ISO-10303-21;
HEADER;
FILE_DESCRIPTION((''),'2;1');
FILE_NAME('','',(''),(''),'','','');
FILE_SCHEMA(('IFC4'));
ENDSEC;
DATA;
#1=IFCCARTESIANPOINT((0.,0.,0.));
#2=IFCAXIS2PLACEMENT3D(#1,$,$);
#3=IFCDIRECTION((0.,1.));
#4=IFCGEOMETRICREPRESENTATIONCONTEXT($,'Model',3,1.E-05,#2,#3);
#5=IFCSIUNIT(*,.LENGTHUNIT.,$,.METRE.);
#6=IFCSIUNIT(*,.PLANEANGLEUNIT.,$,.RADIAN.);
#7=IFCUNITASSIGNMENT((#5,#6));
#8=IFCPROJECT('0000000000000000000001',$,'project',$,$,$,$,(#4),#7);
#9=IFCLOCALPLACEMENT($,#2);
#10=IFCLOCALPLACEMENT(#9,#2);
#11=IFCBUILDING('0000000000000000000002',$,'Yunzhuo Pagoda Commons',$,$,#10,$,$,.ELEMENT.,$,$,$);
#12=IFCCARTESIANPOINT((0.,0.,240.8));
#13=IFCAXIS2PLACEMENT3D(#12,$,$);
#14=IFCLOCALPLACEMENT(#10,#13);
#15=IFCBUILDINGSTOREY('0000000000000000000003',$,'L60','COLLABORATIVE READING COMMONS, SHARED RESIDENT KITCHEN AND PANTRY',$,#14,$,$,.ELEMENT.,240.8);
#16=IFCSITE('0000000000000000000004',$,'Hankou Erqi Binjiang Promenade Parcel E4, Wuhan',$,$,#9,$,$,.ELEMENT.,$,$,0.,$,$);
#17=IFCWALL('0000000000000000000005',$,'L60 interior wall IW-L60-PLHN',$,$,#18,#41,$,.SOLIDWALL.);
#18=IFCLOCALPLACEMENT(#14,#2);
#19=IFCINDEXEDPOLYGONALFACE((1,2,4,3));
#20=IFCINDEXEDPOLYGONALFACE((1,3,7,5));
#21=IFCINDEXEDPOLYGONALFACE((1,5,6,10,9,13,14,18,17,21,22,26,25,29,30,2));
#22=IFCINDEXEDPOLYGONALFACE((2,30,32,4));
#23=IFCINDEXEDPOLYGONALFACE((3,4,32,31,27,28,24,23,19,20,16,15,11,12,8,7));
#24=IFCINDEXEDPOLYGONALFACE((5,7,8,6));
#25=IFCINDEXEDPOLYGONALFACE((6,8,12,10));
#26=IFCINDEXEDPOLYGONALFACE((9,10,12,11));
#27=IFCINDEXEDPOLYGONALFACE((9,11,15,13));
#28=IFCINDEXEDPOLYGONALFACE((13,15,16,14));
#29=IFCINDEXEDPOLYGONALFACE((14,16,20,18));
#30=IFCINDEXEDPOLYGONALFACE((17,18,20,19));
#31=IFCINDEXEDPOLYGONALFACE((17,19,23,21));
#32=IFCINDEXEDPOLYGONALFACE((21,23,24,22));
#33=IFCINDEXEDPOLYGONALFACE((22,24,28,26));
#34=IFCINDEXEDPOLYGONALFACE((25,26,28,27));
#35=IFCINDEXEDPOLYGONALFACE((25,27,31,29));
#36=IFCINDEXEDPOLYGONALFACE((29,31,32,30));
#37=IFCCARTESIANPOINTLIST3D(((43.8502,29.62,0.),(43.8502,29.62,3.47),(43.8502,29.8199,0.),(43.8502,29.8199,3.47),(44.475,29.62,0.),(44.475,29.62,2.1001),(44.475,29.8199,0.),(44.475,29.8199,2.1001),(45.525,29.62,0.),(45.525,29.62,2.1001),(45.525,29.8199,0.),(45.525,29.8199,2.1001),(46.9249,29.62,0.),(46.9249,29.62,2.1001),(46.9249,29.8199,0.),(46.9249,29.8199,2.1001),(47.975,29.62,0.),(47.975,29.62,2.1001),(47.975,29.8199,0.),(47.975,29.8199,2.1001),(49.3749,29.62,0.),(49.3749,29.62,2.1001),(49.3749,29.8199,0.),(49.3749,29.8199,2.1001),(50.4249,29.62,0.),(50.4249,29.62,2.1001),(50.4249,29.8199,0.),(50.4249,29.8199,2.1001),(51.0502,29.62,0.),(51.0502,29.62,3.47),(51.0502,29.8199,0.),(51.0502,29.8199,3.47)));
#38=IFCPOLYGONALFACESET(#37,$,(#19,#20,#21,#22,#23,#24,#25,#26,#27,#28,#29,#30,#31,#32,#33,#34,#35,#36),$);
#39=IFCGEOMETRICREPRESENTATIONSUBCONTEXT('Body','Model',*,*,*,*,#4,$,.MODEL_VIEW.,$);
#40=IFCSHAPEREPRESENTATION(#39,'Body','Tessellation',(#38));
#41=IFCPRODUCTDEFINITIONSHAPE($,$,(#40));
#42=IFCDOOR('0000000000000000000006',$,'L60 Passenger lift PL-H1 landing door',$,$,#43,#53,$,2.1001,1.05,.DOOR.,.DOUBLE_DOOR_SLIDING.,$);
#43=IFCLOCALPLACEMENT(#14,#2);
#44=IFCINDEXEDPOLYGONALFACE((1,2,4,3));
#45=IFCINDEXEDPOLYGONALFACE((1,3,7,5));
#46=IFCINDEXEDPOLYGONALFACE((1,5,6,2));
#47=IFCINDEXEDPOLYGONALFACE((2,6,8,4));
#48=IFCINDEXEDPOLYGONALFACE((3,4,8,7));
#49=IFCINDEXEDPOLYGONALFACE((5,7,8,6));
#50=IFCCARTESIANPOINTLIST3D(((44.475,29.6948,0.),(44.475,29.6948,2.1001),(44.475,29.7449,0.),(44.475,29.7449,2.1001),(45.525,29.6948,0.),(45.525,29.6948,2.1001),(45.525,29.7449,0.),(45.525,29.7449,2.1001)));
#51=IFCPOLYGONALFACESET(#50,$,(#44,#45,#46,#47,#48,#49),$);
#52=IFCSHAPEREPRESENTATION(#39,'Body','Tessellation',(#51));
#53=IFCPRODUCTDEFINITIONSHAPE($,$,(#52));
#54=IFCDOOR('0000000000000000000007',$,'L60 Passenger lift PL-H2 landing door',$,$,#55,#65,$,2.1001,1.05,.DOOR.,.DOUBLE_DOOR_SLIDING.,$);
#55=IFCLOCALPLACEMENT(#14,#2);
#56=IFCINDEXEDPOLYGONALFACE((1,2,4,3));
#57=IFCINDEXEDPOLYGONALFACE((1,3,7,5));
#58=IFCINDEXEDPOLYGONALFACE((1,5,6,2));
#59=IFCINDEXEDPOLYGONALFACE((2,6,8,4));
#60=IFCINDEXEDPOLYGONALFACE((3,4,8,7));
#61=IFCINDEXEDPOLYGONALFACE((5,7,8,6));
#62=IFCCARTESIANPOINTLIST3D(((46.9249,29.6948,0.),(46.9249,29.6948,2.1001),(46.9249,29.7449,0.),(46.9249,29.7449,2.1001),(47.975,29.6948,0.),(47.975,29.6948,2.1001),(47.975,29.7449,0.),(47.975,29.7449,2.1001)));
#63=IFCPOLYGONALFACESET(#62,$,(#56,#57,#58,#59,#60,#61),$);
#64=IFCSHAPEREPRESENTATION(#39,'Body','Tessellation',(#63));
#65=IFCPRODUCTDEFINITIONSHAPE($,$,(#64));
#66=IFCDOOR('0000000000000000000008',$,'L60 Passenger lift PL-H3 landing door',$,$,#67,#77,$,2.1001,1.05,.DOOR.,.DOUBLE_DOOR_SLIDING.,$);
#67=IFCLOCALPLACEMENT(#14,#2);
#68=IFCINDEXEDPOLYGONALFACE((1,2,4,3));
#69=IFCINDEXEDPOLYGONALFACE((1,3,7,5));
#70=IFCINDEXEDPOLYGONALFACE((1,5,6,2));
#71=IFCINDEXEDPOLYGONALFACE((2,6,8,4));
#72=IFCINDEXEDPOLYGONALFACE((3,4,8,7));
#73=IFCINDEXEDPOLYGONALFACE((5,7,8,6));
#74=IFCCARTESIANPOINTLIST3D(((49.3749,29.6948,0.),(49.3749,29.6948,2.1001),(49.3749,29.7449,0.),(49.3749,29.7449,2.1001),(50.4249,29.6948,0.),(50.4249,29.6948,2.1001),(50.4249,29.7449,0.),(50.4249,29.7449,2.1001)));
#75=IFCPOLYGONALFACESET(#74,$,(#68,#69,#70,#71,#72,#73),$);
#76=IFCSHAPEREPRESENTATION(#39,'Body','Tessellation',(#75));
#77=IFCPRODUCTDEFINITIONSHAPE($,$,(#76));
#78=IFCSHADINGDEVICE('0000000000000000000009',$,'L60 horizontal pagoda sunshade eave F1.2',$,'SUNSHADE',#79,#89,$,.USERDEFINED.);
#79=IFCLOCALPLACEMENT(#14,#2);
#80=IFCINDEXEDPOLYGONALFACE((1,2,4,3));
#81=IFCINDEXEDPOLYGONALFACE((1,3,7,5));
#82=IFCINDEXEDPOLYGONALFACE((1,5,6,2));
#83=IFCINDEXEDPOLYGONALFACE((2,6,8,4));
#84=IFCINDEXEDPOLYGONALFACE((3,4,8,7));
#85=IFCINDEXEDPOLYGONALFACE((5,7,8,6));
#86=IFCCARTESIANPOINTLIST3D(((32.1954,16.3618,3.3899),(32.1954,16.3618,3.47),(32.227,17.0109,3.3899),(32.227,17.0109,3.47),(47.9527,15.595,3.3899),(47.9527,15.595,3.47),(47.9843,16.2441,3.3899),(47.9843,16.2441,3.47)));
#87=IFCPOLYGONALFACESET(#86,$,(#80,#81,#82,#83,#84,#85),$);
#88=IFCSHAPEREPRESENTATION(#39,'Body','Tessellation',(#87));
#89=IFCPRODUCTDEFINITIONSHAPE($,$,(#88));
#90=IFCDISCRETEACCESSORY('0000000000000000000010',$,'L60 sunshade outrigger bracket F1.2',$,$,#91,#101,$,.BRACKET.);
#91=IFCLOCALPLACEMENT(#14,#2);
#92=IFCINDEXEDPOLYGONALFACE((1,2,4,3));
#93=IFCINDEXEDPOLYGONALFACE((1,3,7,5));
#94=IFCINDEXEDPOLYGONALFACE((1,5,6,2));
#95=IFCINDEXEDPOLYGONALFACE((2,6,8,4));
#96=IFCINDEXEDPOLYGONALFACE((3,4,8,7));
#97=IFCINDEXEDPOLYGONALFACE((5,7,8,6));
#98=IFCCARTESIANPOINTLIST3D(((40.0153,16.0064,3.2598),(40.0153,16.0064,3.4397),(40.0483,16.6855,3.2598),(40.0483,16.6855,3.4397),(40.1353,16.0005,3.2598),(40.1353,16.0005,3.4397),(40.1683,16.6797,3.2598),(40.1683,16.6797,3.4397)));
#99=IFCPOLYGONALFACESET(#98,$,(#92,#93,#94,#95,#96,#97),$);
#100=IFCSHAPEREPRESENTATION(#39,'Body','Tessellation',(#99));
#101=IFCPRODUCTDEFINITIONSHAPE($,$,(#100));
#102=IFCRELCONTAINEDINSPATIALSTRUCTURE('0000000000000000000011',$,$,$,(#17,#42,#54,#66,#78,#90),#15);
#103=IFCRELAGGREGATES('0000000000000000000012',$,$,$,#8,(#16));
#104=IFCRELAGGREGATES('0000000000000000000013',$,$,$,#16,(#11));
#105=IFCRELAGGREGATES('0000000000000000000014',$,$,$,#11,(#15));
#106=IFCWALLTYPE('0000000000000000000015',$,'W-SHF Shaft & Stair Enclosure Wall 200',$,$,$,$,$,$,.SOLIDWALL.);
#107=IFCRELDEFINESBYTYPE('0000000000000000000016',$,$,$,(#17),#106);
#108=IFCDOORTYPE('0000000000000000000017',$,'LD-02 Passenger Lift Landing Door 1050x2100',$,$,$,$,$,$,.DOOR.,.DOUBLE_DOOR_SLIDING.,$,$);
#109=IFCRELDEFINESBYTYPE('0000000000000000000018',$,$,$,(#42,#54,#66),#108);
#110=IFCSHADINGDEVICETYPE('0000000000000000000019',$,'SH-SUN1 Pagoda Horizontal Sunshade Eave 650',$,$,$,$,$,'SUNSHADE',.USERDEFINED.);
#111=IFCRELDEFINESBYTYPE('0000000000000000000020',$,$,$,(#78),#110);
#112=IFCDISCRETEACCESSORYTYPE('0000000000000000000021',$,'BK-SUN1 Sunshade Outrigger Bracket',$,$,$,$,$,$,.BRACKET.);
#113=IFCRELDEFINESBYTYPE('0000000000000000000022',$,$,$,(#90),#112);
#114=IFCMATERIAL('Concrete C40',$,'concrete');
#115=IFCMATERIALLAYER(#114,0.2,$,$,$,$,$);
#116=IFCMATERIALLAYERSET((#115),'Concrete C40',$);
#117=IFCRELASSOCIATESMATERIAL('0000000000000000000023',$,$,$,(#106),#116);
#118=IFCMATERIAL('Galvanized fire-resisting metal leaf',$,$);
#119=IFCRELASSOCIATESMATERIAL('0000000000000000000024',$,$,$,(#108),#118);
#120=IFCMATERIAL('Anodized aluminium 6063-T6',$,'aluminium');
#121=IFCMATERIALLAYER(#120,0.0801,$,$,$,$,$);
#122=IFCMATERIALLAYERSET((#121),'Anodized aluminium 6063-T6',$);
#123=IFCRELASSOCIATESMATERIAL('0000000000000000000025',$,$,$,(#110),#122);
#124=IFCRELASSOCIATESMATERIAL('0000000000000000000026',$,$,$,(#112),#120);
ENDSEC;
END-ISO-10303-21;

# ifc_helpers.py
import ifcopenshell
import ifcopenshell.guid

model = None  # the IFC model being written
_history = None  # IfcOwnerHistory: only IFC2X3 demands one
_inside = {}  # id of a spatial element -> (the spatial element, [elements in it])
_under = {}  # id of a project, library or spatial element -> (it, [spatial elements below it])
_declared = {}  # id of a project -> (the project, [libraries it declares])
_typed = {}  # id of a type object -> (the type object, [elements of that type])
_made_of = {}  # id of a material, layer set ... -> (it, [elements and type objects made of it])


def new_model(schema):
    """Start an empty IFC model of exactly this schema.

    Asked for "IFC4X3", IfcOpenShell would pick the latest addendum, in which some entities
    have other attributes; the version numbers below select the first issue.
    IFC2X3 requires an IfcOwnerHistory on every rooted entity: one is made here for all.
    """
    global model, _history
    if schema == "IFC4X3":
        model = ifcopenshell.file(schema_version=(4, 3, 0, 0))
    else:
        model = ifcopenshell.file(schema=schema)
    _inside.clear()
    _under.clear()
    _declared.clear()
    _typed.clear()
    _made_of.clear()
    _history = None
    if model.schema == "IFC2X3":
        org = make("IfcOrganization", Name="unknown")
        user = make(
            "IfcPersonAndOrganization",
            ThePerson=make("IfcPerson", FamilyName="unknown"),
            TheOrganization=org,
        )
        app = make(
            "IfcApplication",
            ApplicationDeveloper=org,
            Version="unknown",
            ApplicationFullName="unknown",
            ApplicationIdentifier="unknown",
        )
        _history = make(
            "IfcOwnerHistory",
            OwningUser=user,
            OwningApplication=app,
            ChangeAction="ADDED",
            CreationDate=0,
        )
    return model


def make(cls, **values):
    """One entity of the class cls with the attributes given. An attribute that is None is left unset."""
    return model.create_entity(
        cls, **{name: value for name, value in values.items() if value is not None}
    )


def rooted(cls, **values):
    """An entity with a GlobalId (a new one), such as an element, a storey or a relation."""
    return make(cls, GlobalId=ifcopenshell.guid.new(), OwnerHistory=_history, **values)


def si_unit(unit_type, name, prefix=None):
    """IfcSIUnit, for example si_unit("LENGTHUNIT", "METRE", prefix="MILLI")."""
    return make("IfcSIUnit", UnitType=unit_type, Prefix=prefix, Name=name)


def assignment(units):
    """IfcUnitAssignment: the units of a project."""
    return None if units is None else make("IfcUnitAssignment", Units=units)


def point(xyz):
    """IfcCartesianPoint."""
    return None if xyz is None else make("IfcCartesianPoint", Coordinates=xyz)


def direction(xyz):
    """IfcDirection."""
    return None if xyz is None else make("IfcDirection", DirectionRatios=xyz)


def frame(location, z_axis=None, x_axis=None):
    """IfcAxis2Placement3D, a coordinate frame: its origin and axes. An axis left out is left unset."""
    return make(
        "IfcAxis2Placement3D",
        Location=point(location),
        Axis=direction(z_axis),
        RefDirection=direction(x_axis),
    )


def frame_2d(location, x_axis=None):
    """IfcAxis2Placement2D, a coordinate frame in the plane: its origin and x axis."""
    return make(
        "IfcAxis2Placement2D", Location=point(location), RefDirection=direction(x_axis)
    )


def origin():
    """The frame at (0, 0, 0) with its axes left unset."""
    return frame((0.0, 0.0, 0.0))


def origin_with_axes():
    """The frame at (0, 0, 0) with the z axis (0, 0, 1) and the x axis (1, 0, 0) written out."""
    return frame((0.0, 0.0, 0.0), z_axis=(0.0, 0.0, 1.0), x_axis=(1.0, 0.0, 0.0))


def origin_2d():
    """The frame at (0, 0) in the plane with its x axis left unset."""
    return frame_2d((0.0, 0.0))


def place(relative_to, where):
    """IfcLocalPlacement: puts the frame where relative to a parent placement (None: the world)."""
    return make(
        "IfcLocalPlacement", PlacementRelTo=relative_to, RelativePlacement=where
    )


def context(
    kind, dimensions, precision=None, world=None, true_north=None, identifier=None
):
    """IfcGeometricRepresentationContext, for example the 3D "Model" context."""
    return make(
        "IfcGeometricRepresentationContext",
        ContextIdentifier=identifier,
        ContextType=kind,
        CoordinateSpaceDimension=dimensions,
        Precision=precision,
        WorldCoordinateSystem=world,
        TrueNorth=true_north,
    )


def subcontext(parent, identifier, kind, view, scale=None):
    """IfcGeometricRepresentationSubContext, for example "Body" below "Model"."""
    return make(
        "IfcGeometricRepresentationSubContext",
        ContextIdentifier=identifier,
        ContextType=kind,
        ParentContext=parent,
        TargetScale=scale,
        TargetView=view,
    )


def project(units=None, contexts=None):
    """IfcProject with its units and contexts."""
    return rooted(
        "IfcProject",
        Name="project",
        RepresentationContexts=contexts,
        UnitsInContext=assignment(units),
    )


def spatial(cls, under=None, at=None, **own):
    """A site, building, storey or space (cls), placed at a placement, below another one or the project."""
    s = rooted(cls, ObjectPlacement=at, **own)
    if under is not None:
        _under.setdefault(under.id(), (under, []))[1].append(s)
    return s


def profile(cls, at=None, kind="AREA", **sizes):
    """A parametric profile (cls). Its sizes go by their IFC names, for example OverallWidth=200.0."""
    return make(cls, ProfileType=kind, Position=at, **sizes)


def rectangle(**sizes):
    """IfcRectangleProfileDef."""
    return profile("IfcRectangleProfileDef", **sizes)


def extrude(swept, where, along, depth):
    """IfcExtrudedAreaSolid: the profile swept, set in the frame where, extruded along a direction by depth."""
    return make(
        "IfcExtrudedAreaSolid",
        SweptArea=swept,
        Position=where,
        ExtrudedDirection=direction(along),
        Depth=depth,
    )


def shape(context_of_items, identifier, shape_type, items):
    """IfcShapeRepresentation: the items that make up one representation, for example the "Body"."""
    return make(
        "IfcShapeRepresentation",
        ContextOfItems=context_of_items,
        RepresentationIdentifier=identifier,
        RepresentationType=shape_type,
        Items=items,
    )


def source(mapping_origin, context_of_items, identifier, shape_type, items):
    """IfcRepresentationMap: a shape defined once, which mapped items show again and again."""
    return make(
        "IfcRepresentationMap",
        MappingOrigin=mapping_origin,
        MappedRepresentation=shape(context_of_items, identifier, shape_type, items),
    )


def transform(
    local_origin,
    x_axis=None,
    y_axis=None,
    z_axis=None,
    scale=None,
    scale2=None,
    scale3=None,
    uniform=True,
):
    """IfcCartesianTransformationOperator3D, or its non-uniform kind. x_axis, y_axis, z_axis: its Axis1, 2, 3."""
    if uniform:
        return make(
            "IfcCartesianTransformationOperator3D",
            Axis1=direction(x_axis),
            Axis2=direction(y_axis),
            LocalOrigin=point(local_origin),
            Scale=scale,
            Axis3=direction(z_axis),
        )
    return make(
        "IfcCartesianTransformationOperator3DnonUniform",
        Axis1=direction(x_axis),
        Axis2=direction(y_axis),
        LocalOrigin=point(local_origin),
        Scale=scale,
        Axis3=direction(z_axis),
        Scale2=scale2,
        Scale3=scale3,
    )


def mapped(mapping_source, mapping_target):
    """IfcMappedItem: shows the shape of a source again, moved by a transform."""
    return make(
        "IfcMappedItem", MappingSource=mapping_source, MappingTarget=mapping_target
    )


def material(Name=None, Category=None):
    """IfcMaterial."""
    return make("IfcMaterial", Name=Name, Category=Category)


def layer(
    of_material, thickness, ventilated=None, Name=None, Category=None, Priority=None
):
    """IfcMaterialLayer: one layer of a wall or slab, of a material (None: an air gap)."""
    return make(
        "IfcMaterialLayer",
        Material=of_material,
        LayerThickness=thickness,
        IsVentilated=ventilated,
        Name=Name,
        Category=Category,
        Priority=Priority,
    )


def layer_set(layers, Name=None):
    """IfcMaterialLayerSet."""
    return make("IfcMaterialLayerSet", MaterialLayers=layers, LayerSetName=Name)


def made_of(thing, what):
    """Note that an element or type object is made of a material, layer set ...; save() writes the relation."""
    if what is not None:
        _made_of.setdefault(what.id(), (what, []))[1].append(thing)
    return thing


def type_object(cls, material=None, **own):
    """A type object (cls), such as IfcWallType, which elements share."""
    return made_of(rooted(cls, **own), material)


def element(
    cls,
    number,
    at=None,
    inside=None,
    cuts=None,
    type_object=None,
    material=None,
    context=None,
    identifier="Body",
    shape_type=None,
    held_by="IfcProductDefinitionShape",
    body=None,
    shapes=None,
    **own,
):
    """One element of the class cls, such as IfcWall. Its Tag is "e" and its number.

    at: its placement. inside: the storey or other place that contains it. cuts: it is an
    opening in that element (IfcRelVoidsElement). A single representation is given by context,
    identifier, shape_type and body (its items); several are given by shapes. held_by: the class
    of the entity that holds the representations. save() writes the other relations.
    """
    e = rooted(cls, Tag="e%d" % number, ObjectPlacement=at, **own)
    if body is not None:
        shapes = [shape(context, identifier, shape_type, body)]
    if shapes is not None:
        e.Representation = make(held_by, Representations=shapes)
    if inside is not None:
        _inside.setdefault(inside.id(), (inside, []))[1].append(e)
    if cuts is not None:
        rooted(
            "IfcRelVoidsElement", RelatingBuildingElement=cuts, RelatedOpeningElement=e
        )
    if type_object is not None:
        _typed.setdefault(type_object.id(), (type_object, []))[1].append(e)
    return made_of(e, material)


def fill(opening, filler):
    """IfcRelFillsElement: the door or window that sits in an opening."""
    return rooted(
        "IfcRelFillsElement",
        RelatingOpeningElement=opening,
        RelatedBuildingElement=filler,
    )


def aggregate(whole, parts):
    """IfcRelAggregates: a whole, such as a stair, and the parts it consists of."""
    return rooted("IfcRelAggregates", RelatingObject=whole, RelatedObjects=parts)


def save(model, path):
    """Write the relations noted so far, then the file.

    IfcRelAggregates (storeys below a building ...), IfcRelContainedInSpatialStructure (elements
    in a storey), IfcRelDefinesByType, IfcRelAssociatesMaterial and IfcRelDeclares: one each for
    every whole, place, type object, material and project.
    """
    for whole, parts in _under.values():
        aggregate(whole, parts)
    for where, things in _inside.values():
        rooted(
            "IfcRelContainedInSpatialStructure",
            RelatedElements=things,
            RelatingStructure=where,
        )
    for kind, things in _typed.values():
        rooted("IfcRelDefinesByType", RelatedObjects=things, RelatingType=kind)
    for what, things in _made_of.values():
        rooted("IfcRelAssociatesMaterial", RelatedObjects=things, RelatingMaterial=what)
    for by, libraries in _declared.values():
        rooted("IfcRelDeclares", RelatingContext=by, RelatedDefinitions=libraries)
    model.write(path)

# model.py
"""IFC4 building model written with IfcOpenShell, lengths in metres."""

from ifc_helpers import new_model, si_unit, direction, frame, frame_2d, origin, origin_with_axes, origin_2d, place, context, subcontext, project, spatial, rectangle, extrude, source, transform, mapped, material, layer, layer_set, type_object, element, fill, save


model = new_model("IFC4")

# Units and contexts
model_context = context("Model", 3, precision=1e-05, world=origin(), true_north=direction((0.0, 1.0)))
body_context = subcontext(model_context, "Body", "Model", "MODEL_VIEW")
ifc_project = project(units=[si_unit("LENGTHUNIT", "METRE"), si_unit("PLANEANGLEUNIT", "RADIAN")], contexts=[model_context])

# Site, building, storey
site_placement = place(None, origin())
site = spatial("IfcSite", under=ifc_project, at=site_placement, Name="Hankou Erqi Binjiang Promenade Parcel E4, Wuhan", CompositionType="ELEMENT", RefElevation=0.0)
building_placement = place(site_placement, origin())
building = spatial("IfcBuilding", under=site, at=building_placement, Name="Yunzhuo Pagoda Commons", CompositionType="ELEMENT")
storey_placement = place(building_placement, frame((0.0, 0.0, 240.8)))
storey = spatial("IfcBuildingStorey", under=building, at=storey_placement, Name="L60", Description="COLLABORATIVE READING COMMONS, SHARED RESIDENT KITCHEN AND PANTRY", CompositionType="ELEMENT", Elevation=240.8)

# Shared definitions
ifc_material_1 = material(Name="Anodized aluminium 6063-T6", Category="aluminium")

# Shared definitions
ifc_material_2 = material(Name="Galvanized fire-resisting metal leaf")

# Shared definitions
ifc_material_3 = material(Name="Concrete C40", Category="concrete")
ifc_layer_1 = layer(ifc_material_3, 0.2)
ifc_layer_set_1 = layer_set([ifc_layer_1], Name="Concrete C40")
wall_type_1 = type_object("IfcWallType", Name="W-SHF Shaft & Stair Enclosure Wall 200", PredefinedType="SOLIDWALL", material=ifc_layer_set_1)
shared_shape_1 = source(origin(), body_context, "Body", "SweptSolid", [
    extrude(rectangle(XDim=1.05, YDim=2.1001, at=frame_2d((0.5249, 1.05))), frame((0.0, 0.0249, 0.0), z_axis=(0.0, -1.0, 0.0), x_axis=(1.0, 0.0, 0.0)), (0.0, 0.0, 1.0), 0.05),
])

# Wall, openings, doors
wall_1_placement = place(storey_placement, frame((43.8501, 29.72, 0.0), z_axis=(0.0, 0.0, 1.0), x_axis=(1.0, 0.0, 0.0)))
wall_1 = element("IfcWall", 1, at=wall_1_placement, inside=storey, type_object=wall_type_1, Name="L60 interior wall IW-L60-PLHN", PredefinedType="SOLIDWALL", context=body_context, shape_type="SweptSolid", body=[
    extrude(rectangle(XDim=7.2, YDim=0.2, at=frame_2d((3.6001, 0.0))), origin(), (0.0, 0.0, 1.0), 3.47),
])
opening_1_placement = place(wall_1_placement, frame((0.625, 0.0, 0.0)))
opening_1 = element("IfcOpeningElement", 2, at=opening_1_placement, cuts=wall_1, PredefinedType="OPENING", context=body_context, shape_type="SweptSolid", body=[
    extrude(rectangle(XDim=1.05, YDim=2.1001, at=frame_2d((0.5249, 1.05))), frame((0.0, 0.1099, 0.0), z_axis=(0.0, -1.0, 0.0), x_axis=(1.0, 0.0, 0.0)), (0.0, 0.0, 1.0), 0.22),
])
opening_2_placement = place(wall_1_placement, frame((3.075, 0.0, 0.0)))
opening_2 = element("IfcOpeningElement", 3, at=opening_2_placement, cuts=wall_1, PredefinedType="OPENING", context=body_context, shape_type="SweptSolid", body=[
    extrude(rectangle(XDim=1.05, YDim=2.1001, at=frame_2d((0.5249, 1.05))), frame((0.0, 0.1099, 0.0), z_axis=(0.0, -1.0, 0.0), x_axis=(1.0, 0.0, 0.0)), (0.0, 0.0, 1.0), 0.22),
])
opening_3_placement = place(wall_1_placement, frame((5.5249, 0.0, 0.0)))
opening_3 = element("IfcOpeningElement", 4, at=opening_3_placement, cuts=wall_1, PredefinedType="OPENING", context=body_context, shape_type="SweptSolid", body=[
    extrude(rectangle(XDim=1.05, YDim=2.1001, at=frame_2d((0.5249, 1.05))), frame((0.0, 0.1099, 0.0), z_axis=(0.0, -1.0, 0.0), x_axis=(1.0, 0.0, 0.0)), (0.0, 0.0, 1.0), 0.22),
])
door_type_1 = type_object("IfcDoorType", Name="LD-02 Passenger Lift Landing Door 1050x2100", OperationType="DOUBLE_DOOR_SLIDING", PredefinedType="DOOR", material=ifc_material_2)
door_1_placement = place(opening_1_placement, origin_with_axes())
door_1 = element("IfcDoor", 5, at=door_1_placement, inside=storey, type_object=door_type_1, Name="L60 Passenger lift PL-H1 landing door", OperationType="DOUBLE_DOOR_SLIDING", OverallHeight=2.1001, OverallWidth=1.05, PredefinedType="DOOR", context=body_context, shape_type="MappedRepresentation", body=[
    mapped(shared_shape_1, transform((0.0, 0.0, 0.0), scale=1.0)),
])
fill(opening_1, door_1)
door_2_placement = place(opening_2_placement, origin_with_axes())
door_2 = element("IfcDoor", 6, at=door_2_placement, inside=storey, type_object=door_type_1, Name="L60 Passenger lift PL-H2 landing door", OperationType="DOUBLE_DOOR_SLIDING", OverallHeight=2.1001, OverallWidth=1.05, PredefinedType="DOOR", context=body_context, shape_type="MappedRepresentation", body=[
    mapped(shared_shape_1, transform((0.0, 0.0, 0.0), scale=1.0)),
])
fill(opening_2, door_2)
door_3_placement = place(opening_3_placement, origin_with_axes())
door_3 = element("IfcDoor", 7, at=door_3_placement, inside=storey, type_object=door_type_1, Name="L60 Passenger lift PL-H3 landing door", OperationType="DOUBLE_DOOR_SLIDING", OverallHeight=2.1001, OverallWidth=1.05, PredefinedType="DOOR", context=body_context, shape_type="MappedRepresentation", body=[
    mapped(shared_shape_1, transform((0.0, 0.0, 0.0), scale=1.0)),
])
fill(opening_3, door_3)

# Shading device
ifc_layer_2 = layer(ifc_material_1, 0.0801)
ifc_layer_set_2 = layer_set([ifc_layer_2], Name="Anodized aluminium 6063-T6")
shading_device_type = type_object("IfcShadingDeviceType", Name="SH-SUN1 Pagoda Horizontal Sunshade Eave 650", ElementType="SUNSHADE", PredefinedType="USERDEFINED", material=ifc_layer_set_2)
shared_shape_2 = source(origin(), body_context, "Body", "SweptSolid", [
    extrude(rectangle(XDim=15.7759, YDim=0.6499, at=origin_2d()), origin(), (0.0, 0.0, 1.0), 0.0801),
])
shading_device_placement = place(storey_placement, frame((40.0898, 16.303, 3.3899), z_axis=(0.0, 0.0, 1.0), x_axis=(0.998818, -0.048606, 0.0)))
element("IfcShadingDevice", 8, at=shading_device_placement, inside=storey, type_object=shading_device_type, Name="L60 horizontal pagoda sunshade eave F1.2", ObjectType="SUNSHADE", PredefinedType="USERDEFINED", context=body_context, shape_type="MappedRepresentation", body=[
    mapped(shared_shape_2, transform((0.0, 0.0, 0.0), scale=1.0)),
])

# Discrete accessory
discrete_accessory_type = type_object("IfcDiscreteAccessoryType", Name="BK-SUN1 Sunshade Outrigger Bracket", PredefinedType="BRACKET", material=ifc_material_1)
shared_shape_3 = source(origin(), body_context, "Body", "SweptSolid", [
    extrude(rectangle(XDim=0.1201, YDim=0.6799, at=origin_2d()), origin(), (0.0, 0.0, 1.0), 0.1799),
])
discrete_accessory_placement = place(storey_placement, frame((40.0918, 16.343, 3.2598), z_axis=(0.0, 0.0, 1.0), x_axis=(0.998818, -0.048606, 0.0)))
element("IfcDiscreteAccessory", 9, at=discrete_accessory_placement, inside=storey, type_object=discrete_accessory_type, Name="L60 sunshade outrigger bracket F1.2", PredefinedType="BRACKET", context=body_context, shape_type="MappedRepresentation", body=[
    mapped(shared_shape_3, transform((0.0, 0.0, 0.0), scale=1.0)),
])

save(model, "model.ifc")
